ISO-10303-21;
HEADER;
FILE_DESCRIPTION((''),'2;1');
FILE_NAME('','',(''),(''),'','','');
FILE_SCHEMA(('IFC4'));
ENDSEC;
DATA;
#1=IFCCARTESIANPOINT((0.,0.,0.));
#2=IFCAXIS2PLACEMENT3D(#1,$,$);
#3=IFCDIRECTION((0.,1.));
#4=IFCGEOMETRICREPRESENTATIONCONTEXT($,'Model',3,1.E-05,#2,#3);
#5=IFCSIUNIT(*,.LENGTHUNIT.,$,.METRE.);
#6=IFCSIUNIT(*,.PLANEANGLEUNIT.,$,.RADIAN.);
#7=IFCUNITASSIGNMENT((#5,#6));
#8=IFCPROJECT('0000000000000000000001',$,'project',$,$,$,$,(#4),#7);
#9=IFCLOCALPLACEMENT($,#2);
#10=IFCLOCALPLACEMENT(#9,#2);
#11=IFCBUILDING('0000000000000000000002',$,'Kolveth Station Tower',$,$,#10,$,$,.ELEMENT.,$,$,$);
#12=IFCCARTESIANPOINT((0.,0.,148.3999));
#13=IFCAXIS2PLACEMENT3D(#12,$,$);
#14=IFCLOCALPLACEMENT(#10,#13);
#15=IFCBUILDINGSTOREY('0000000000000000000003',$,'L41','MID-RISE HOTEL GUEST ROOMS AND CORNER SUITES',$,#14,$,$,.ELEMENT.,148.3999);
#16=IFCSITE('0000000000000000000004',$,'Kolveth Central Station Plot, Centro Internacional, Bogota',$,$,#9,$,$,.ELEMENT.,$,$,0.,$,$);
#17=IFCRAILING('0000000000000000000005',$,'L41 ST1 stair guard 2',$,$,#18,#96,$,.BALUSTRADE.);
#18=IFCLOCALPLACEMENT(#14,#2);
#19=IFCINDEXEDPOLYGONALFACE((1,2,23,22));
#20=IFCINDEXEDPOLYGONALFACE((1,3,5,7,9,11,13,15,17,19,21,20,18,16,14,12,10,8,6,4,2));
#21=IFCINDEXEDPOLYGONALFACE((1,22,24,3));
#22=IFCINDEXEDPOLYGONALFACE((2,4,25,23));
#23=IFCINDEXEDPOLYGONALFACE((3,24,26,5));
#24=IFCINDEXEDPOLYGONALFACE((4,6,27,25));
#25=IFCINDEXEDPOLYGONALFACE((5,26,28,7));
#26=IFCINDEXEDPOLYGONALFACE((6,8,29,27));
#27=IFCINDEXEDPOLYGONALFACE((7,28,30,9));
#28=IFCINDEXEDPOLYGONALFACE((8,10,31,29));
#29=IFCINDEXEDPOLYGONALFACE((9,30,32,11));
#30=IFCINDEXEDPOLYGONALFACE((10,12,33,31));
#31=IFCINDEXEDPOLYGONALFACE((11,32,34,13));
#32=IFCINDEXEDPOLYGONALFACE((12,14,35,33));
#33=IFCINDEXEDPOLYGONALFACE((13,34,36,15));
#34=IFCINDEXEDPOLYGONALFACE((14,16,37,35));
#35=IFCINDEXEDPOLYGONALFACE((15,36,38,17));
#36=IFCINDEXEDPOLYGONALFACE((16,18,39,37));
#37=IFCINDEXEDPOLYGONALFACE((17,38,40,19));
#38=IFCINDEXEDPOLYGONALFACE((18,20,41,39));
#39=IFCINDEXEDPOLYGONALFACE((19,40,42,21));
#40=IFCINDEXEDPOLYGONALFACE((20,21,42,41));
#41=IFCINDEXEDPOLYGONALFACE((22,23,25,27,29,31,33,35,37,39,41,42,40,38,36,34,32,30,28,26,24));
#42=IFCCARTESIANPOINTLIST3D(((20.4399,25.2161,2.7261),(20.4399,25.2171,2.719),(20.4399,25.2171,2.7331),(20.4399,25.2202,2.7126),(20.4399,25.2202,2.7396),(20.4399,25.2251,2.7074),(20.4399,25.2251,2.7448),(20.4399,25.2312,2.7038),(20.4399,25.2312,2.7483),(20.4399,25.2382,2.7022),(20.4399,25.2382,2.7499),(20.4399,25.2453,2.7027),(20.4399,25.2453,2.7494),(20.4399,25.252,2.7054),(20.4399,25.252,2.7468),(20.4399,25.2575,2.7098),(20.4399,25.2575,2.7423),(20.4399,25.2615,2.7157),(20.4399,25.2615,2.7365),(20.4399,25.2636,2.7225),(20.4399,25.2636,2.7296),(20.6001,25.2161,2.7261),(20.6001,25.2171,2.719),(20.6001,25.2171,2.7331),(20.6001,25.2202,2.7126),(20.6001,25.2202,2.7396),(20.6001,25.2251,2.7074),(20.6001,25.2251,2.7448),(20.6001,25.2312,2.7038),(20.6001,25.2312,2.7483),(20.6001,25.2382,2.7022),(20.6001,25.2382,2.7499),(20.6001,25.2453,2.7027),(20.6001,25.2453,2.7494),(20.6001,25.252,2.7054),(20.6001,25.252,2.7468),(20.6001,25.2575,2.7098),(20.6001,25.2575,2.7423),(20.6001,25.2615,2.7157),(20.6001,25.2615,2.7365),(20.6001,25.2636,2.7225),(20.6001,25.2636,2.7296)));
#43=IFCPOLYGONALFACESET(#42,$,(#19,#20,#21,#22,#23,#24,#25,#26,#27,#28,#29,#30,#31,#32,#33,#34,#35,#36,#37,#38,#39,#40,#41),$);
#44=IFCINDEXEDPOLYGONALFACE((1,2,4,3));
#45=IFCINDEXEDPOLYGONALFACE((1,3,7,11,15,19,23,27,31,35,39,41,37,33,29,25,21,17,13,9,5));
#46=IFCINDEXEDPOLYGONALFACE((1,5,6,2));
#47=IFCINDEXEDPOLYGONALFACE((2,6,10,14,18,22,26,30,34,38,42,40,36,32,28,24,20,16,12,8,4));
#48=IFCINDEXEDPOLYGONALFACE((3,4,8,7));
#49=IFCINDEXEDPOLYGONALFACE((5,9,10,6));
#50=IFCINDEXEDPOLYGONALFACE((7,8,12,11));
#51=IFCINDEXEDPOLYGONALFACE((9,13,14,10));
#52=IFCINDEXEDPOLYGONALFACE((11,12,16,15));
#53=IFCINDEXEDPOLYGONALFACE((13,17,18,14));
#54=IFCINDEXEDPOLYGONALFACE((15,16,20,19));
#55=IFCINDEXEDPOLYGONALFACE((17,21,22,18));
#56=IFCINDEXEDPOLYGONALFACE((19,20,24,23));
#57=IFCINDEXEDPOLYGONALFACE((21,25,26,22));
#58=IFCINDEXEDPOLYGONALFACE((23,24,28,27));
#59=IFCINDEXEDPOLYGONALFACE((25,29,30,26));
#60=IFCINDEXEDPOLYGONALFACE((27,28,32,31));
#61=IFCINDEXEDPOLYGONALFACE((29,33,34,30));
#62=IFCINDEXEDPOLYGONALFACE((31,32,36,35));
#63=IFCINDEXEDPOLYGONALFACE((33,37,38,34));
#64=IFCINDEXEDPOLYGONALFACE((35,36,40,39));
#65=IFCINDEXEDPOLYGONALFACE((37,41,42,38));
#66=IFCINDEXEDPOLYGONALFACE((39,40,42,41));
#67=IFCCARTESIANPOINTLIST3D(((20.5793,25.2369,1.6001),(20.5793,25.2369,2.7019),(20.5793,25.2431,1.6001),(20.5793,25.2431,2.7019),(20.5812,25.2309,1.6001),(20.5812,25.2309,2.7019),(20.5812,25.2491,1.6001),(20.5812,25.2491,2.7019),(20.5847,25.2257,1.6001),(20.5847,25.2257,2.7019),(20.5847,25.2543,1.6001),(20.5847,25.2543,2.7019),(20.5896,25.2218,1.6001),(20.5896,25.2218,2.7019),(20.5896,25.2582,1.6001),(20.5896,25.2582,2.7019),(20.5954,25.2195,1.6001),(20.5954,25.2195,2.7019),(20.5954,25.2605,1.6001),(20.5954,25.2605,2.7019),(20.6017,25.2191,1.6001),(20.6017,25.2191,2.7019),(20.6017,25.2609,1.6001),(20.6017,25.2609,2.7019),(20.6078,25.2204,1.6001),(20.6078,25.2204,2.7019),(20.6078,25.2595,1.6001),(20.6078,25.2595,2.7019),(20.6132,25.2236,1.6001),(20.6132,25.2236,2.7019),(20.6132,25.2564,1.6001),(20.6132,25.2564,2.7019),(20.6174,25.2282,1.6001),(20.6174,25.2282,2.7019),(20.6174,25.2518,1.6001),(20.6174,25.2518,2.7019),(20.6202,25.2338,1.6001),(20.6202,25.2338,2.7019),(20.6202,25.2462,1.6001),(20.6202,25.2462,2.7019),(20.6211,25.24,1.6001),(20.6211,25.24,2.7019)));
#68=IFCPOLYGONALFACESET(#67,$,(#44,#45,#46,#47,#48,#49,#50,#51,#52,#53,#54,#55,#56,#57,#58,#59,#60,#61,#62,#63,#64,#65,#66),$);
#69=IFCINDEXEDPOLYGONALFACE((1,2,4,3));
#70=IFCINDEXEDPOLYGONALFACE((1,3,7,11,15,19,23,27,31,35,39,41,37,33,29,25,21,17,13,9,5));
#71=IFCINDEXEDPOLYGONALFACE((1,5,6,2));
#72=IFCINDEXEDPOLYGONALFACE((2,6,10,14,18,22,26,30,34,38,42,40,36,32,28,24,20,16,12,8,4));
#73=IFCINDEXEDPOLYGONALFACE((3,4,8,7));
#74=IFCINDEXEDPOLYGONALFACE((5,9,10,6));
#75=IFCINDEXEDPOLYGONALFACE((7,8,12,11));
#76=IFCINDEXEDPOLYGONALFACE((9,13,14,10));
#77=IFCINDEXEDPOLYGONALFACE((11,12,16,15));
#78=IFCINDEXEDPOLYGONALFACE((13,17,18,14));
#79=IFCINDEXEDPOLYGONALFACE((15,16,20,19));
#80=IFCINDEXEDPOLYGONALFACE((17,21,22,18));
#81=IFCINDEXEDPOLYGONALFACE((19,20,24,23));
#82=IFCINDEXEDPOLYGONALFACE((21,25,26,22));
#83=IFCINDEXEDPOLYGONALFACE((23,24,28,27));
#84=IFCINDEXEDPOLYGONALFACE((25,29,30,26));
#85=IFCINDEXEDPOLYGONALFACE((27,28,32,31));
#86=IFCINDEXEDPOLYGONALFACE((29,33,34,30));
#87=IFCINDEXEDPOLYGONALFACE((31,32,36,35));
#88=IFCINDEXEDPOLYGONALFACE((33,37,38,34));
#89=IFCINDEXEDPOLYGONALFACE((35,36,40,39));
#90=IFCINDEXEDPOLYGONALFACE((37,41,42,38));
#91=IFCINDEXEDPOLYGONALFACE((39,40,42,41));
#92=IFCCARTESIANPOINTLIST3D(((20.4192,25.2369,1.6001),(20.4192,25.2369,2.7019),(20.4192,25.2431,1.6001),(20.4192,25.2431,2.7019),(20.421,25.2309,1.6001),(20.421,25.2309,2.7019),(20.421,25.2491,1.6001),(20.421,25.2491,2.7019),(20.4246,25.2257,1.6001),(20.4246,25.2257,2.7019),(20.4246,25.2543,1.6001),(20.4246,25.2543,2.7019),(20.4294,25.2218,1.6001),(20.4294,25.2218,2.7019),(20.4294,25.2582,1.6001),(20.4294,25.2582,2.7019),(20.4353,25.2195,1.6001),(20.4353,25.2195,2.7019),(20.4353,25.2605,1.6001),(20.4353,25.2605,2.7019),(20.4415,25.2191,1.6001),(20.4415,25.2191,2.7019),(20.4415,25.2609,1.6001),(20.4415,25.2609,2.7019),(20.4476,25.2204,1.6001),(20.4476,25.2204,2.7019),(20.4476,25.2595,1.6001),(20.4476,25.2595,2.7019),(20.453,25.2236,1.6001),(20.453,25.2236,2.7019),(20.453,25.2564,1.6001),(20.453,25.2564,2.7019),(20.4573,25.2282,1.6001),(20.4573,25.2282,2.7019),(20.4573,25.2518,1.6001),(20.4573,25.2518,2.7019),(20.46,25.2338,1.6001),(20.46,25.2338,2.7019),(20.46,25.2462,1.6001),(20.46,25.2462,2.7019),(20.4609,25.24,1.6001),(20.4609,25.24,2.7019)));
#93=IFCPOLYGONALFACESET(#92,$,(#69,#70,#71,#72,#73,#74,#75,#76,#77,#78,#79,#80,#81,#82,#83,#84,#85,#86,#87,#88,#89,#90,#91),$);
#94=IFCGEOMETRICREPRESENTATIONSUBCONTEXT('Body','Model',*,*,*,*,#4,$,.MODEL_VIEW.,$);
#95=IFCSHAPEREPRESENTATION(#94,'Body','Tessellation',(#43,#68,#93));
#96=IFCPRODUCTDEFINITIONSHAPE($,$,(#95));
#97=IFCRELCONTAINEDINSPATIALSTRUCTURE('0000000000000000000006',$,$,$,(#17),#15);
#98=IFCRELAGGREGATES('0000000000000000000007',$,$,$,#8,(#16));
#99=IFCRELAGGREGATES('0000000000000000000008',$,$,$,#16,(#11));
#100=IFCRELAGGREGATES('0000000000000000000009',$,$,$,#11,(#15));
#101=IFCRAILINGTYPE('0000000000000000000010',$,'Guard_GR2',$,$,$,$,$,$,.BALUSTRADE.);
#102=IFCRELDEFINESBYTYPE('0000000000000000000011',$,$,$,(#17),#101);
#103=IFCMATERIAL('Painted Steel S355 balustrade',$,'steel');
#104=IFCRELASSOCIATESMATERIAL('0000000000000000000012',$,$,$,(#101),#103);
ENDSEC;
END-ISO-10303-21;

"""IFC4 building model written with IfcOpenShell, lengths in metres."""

from ifc_helpers import new_model, si_unit, direction, frame, origin, origin_2d, place, context, subcontext, project, spatial, circle, extrude, material, type_object, element, save


model = new_model("IFC4")

# Units and contexts
model_context = context("Model", 3, precision=1e-05, world=origin(), true_north=direction((0.0, 1.0)))
body_context = subcontext(model_context, "Body", "Model", "MODEL_VIEW")
ifc_project = project(units=[si_unit("LENGTHUNIT", "METRE"), si_unit("PLANEANGLEUNIT", "RADIAN")], contexts=[model_context])

# Site, building, storey
site_placement = place(None, origin())
site = spatial("IfcSite", under=ifc_project, at=site_placement, Name="Kolveth Central Station Plot, Centro Internacional, Bogota", CompositionType="ELEMENT", RefElevation=0.0)
building_placement = place(site_placement, origin())
building = spatial("IfcBuilding", under=site, at=building_placement, Name="Kolveth Station Tower", CompositionType="ELEMENT")
storey_placement = place(building_placement, frame((0.0, 0.0, 148.3999)))
storey = spatial("IfcBuildingStorey", under=building, at=storey_placement, Name="L41", Description="MID-RISE HOTEL GUEST ROOMS AND CORNER SUITES", CompositionType="ELEMENT", Elevation=148.3999)

# Railing
ifc_material_1 = material(Name="Painted Steel S355 balustrade", Category="steel")
railing_type_1 = type_object("IfcRailingType", Name="Guard_GR2", PredefinedType="BALUSTRADE", material=ifc_material_1)
railing_1_placement = place(storey_placement, frame((20.6001, 25.24, 1.6001)))
element("IfcRailing", 1, at=railing_1_placement, inside=storey, type_object=railing_type_1, Name="L41 ST1 stair guard 2", PredefinedType="BALUSTRADE", context=body_context, shape_type="SweptSolid", body=[
    extrude(circle(Radius=0.0239, at=origin_2d()), frame((0.0, 0.0, 1.126), z_axis=(-1.0, 0.0, 0.0), x_axis=(0.0, -1.0, 0.0)), (0.0, 0.0, 1.0), 0.1602),
    extrude(circle(Radius=0.021, at=origin_2d()), origin(), (0.0, 0.0, 1.0), 1.1018),
    extrude(circle(Radius=0.021, at=origin_2d()), frame((-0.1602, 0.0, 0.0)), (0.0, 0.0, 1.0), 1.1018),
])

save(model, "model.ifc")
